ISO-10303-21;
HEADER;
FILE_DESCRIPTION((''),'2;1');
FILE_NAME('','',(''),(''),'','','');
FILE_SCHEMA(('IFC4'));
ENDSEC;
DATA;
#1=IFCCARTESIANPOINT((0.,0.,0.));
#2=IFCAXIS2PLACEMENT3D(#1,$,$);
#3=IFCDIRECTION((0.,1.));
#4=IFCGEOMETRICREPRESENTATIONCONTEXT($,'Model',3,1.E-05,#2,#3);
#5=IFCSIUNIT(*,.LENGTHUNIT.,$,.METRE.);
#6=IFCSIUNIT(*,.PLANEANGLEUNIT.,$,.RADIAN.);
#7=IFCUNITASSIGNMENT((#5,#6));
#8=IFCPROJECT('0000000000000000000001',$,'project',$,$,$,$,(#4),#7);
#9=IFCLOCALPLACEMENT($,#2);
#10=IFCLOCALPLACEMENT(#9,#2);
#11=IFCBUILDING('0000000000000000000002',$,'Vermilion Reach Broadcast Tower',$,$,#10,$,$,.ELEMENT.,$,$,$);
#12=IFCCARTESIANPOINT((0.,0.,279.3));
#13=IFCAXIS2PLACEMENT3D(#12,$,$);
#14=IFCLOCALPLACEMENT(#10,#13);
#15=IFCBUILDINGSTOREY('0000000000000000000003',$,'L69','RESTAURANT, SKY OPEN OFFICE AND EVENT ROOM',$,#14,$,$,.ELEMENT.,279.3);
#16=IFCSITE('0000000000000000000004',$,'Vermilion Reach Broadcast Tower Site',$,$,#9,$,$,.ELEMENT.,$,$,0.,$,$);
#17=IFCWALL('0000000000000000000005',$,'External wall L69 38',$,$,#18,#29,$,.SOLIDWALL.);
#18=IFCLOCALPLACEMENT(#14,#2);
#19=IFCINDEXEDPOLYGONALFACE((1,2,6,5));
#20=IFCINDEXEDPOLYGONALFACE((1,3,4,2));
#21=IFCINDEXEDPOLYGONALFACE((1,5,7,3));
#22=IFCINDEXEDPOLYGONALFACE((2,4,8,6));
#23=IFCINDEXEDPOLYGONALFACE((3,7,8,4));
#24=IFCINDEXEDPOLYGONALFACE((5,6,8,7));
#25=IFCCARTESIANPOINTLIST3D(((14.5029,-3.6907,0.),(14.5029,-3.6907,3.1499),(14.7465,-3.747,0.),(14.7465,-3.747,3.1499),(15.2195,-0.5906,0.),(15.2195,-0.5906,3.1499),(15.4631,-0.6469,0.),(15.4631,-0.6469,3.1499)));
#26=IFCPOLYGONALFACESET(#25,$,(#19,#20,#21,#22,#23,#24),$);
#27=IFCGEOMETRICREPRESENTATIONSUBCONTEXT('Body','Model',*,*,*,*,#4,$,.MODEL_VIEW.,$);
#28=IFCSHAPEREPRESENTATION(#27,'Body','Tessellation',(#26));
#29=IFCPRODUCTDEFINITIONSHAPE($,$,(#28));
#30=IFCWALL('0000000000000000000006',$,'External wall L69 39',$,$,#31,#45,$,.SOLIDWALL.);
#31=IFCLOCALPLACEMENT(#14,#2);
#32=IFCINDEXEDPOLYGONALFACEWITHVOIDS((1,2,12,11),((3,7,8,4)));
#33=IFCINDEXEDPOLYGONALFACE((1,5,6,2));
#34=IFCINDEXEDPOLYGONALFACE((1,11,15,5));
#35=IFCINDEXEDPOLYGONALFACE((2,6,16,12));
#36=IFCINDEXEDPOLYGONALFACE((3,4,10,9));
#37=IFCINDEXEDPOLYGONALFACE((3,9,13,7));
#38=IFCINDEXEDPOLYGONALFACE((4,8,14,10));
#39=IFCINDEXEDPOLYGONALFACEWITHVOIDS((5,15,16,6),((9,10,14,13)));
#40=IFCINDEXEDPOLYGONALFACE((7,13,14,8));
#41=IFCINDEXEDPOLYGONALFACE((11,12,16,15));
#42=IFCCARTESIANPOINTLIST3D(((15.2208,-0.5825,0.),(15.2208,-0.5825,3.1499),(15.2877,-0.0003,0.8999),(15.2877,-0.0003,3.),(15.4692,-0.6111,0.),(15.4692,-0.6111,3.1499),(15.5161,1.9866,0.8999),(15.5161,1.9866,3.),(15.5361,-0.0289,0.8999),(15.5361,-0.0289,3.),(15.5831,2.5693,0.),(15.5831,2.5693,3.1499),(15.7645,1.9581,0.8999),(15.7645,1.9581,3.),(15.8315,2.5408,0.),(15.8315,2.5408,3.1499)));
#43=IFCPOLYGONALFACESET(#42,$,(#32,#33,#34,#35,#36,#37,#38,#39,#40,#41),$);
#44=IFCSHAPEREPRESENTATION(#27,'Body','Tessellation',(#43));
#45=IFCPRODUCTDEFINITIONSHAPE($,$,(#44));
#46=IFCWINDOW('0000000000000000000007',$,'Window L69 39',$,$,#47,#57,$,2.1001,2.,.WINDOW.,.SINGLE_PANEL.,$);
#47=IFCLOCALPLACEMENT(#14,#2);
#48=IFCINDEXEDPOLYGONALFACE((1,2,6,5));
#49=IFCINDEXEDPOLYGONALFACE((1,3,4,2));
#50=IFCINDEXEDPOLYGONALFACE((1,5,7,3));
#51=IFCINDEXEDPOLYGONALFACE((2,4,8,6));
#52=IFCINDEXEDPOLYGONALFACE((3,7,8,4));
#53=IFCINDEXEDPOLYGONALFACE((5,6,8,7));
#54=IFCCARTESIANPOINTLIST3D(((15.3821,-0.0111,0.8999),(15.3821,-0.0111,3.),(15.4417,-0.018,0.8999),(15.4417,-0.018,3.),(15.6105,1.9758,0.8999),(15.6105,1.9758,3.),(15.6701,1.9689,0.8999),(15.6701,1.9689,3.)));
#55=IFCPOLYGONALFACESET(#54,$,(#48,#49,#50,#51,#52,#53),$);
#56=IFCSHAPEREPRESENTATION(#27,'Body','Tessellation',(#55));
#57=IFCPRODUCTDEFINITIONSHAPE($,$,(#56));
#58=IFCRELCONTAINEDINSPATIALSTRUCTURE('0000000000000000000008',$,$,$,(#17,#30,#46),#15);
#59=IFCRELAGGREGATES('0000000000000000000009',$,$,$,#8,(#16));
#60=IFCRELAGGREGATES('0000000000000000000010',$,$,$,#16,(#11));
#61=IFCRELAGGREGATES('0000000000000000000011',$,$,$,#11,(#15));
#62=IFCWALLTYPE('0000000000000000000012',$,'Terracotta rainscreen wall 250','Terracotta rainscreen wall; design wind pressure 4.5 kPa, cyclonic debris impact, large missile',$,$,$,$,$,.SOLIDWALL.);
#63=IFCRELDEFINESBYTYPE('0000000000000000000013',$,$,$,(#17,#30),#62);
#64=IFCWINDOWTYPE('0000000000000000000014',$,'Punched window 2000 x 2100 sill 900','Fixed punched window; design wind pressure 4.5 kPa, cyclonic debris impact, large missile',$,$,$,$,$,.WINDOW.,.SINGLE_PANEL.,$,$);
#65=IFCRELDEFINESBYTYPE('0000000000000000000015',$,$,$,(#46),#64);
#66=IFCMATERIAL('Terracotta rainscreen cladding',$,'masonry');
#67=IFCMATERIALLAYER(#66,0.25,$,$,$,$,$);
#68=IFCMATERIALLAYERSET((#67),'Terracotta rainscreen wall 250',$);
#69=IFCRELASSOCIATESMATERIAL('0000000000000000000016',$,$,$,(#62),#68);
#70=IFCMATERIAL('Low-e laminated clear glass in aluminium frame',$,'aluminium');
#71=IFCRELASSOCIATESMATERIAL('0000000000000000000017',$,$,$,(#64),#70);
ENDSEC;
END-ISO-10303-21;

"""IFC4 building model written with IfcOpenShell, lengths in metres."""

from ifc_helpers import new_model, si_unit, direction, frame, frame_2d, origin, place, context, subcontext, project, spatial, rectangle, extrude, material, layer, layer_set, type_object, element, fill, save


model = new_model("IFC4")

# Units and contexts
model_context = context("Model", 3, precision=1e-05, world=origin(), true_north=direction((0.0, 1.0)))
body_context = subcontext(model_context, "Body", "Model", "MODEL_VIEW")
ifc_project = project(units=[si_unit("LENGTHUNIT", "METRE"), si_unit("PLANEANGLEUNIT", "RADIAN")], contexts=[model_context])

# Site, building, storey
site_placement = place(None, origin())
site = spatial("IfcSite", under=ifc_project, at=site_placement, Name="Vermilion Reach Broadcast Tower Site", CompositionType="ELEMENT", RefElevation=0.0)
building_placement = place(site_placement, origin())
building = spatial("IfcBuilding", under=site, at=building_placement, Name="Vermilion Reach Broadcast Tower", CompositionType="ELEMENT")
storey_placement = place(building_placement, frame((0.0, 0.0, 279.3)))
storey = spatial("IfcBuildingStorey", under=building, at=storey_placement, Name="L69", Description="RESTAURANT, SKY OPEN OFFICE AND EVENT ROOM", CompositionType="ELEMENT", Elevation=279.3)

# Wall
ifc_material_1 = material(Name="Terracotta rainscreen cladding", Category="masonry")
ifc_layer_1 = layer(ifc_material_1, 0.25)
ifc_layer_set_1 = layer_set([ifc_layer_1], Name="Terracotta rainscreen wall 250")
wall_type_1 = type_object("IfcWallType", Name="Terracotta rainscreen wall 250", Description="Terracotta rainscreen wall; design wind pressure 4.5 kPa, cyclonic debris impact, large missile", PredefinedType="SOLIDWALL", material=ifc_layer_set_1)
wall_1_placement = place(storey_placement, frame((14.6248, -3.7188, 0.0), z_axis=(0.0, 0.0, 1.0), x_axis=(0.225201, 0.974312, 0.0)))
element("IfcWall", 1, at=wall_1_placement, inside=storey, type_object=wall_type_1, Name="External wall L69 38", PredefinedType="SOLIDWALL", context=body_context, shape_type="SweptSolid", body=[
    extrude(rectangle(XDim=3.1819, YDim=0.25, at=frame_2d((1.5908, 0.0))), origin(), (0.0, 0.0, 1.0), 3.1499),
])

# Wall, opening, window
wall_2_placement = place(storey_placement, frame((15.345, -0.5969, 0.0), z_axis=(0.0, 0.0, 1.0), x_axis=(0.114198, 0.993458, 0.0)))
wall_2 = element("IfcWall", 2, at=wall_2_placement, inside=storey, type_object=wall_type_1, Name="External wall L69 39", PredefinedType="SOLIDWALL", context=body_context, shape_type="SweptSolid", body=[
    extrude(rectangle(XDim=3.1726, YDim=0.25, at=frame_2d((1.5864, 0.0))), origin(), (0.0, 0.0, 1.0), 3.1499),
])
opening_1_placement = place(wall_2_placement, frame((0.5862, 0.0, 0.8999)))
opening_1 = element("IfcOpeningElement", 3, at=opening_1_placement, cuts=wall_2, PredefinedType="OPENING", context=body_context, shape_type="SweptSolid", body=[
    extrude(rectangle(XDim=2.0, YDim=2.1001, at=frame_2d((1.0, 1.05))), frame((0.0, 0.135, 0.0), z_axis=(0.0, -1.0, 0.0), x_axis=(1.0, 0.0, 0.0)), (0.0, 0.0, 1.0), 0.27),
])
ifc_material_2 = material(Name="Low-e laminated clear glass in aluminium frame", Category="aluminium")
window_type = type_object("IfcWindowType", Name="Punched window 2000 x 2100 sill 900", Description="Fixed punched window; design wind pressure 4.5 kPa, cyclonic debris impact, large missile", PartitioningType="SINGLE_PANEL", PredefinedType="WINDOW", material=ifc_material_2)
window_placement = place(opening_1_placement, origin())
window = element("IfcWindow", 4, at=window_placement, inside=storey, type_object=window_type, Name="Window L69 39", OverallHeight=2.1001, OverallWidth=2.0, PartitioningType="SINGLE_PANEL", PredefinedType="WINDOW", context=body_context, shape_type="SweptSolid", body=[
    extrude(rectangle(XDim=2.0, YDim=2.1001, at=frame_2d((1.0, 1.05))), frame((0.0, 0.03, 0.0), z_axis=(0.0, -1.0, 0.0), x_axis=(1.0, 0.0, 0.0)), (0.0, 0.0, 1.0), 0.0601),
])
fill(opening_1, window)

save(model, "model.ifc")
